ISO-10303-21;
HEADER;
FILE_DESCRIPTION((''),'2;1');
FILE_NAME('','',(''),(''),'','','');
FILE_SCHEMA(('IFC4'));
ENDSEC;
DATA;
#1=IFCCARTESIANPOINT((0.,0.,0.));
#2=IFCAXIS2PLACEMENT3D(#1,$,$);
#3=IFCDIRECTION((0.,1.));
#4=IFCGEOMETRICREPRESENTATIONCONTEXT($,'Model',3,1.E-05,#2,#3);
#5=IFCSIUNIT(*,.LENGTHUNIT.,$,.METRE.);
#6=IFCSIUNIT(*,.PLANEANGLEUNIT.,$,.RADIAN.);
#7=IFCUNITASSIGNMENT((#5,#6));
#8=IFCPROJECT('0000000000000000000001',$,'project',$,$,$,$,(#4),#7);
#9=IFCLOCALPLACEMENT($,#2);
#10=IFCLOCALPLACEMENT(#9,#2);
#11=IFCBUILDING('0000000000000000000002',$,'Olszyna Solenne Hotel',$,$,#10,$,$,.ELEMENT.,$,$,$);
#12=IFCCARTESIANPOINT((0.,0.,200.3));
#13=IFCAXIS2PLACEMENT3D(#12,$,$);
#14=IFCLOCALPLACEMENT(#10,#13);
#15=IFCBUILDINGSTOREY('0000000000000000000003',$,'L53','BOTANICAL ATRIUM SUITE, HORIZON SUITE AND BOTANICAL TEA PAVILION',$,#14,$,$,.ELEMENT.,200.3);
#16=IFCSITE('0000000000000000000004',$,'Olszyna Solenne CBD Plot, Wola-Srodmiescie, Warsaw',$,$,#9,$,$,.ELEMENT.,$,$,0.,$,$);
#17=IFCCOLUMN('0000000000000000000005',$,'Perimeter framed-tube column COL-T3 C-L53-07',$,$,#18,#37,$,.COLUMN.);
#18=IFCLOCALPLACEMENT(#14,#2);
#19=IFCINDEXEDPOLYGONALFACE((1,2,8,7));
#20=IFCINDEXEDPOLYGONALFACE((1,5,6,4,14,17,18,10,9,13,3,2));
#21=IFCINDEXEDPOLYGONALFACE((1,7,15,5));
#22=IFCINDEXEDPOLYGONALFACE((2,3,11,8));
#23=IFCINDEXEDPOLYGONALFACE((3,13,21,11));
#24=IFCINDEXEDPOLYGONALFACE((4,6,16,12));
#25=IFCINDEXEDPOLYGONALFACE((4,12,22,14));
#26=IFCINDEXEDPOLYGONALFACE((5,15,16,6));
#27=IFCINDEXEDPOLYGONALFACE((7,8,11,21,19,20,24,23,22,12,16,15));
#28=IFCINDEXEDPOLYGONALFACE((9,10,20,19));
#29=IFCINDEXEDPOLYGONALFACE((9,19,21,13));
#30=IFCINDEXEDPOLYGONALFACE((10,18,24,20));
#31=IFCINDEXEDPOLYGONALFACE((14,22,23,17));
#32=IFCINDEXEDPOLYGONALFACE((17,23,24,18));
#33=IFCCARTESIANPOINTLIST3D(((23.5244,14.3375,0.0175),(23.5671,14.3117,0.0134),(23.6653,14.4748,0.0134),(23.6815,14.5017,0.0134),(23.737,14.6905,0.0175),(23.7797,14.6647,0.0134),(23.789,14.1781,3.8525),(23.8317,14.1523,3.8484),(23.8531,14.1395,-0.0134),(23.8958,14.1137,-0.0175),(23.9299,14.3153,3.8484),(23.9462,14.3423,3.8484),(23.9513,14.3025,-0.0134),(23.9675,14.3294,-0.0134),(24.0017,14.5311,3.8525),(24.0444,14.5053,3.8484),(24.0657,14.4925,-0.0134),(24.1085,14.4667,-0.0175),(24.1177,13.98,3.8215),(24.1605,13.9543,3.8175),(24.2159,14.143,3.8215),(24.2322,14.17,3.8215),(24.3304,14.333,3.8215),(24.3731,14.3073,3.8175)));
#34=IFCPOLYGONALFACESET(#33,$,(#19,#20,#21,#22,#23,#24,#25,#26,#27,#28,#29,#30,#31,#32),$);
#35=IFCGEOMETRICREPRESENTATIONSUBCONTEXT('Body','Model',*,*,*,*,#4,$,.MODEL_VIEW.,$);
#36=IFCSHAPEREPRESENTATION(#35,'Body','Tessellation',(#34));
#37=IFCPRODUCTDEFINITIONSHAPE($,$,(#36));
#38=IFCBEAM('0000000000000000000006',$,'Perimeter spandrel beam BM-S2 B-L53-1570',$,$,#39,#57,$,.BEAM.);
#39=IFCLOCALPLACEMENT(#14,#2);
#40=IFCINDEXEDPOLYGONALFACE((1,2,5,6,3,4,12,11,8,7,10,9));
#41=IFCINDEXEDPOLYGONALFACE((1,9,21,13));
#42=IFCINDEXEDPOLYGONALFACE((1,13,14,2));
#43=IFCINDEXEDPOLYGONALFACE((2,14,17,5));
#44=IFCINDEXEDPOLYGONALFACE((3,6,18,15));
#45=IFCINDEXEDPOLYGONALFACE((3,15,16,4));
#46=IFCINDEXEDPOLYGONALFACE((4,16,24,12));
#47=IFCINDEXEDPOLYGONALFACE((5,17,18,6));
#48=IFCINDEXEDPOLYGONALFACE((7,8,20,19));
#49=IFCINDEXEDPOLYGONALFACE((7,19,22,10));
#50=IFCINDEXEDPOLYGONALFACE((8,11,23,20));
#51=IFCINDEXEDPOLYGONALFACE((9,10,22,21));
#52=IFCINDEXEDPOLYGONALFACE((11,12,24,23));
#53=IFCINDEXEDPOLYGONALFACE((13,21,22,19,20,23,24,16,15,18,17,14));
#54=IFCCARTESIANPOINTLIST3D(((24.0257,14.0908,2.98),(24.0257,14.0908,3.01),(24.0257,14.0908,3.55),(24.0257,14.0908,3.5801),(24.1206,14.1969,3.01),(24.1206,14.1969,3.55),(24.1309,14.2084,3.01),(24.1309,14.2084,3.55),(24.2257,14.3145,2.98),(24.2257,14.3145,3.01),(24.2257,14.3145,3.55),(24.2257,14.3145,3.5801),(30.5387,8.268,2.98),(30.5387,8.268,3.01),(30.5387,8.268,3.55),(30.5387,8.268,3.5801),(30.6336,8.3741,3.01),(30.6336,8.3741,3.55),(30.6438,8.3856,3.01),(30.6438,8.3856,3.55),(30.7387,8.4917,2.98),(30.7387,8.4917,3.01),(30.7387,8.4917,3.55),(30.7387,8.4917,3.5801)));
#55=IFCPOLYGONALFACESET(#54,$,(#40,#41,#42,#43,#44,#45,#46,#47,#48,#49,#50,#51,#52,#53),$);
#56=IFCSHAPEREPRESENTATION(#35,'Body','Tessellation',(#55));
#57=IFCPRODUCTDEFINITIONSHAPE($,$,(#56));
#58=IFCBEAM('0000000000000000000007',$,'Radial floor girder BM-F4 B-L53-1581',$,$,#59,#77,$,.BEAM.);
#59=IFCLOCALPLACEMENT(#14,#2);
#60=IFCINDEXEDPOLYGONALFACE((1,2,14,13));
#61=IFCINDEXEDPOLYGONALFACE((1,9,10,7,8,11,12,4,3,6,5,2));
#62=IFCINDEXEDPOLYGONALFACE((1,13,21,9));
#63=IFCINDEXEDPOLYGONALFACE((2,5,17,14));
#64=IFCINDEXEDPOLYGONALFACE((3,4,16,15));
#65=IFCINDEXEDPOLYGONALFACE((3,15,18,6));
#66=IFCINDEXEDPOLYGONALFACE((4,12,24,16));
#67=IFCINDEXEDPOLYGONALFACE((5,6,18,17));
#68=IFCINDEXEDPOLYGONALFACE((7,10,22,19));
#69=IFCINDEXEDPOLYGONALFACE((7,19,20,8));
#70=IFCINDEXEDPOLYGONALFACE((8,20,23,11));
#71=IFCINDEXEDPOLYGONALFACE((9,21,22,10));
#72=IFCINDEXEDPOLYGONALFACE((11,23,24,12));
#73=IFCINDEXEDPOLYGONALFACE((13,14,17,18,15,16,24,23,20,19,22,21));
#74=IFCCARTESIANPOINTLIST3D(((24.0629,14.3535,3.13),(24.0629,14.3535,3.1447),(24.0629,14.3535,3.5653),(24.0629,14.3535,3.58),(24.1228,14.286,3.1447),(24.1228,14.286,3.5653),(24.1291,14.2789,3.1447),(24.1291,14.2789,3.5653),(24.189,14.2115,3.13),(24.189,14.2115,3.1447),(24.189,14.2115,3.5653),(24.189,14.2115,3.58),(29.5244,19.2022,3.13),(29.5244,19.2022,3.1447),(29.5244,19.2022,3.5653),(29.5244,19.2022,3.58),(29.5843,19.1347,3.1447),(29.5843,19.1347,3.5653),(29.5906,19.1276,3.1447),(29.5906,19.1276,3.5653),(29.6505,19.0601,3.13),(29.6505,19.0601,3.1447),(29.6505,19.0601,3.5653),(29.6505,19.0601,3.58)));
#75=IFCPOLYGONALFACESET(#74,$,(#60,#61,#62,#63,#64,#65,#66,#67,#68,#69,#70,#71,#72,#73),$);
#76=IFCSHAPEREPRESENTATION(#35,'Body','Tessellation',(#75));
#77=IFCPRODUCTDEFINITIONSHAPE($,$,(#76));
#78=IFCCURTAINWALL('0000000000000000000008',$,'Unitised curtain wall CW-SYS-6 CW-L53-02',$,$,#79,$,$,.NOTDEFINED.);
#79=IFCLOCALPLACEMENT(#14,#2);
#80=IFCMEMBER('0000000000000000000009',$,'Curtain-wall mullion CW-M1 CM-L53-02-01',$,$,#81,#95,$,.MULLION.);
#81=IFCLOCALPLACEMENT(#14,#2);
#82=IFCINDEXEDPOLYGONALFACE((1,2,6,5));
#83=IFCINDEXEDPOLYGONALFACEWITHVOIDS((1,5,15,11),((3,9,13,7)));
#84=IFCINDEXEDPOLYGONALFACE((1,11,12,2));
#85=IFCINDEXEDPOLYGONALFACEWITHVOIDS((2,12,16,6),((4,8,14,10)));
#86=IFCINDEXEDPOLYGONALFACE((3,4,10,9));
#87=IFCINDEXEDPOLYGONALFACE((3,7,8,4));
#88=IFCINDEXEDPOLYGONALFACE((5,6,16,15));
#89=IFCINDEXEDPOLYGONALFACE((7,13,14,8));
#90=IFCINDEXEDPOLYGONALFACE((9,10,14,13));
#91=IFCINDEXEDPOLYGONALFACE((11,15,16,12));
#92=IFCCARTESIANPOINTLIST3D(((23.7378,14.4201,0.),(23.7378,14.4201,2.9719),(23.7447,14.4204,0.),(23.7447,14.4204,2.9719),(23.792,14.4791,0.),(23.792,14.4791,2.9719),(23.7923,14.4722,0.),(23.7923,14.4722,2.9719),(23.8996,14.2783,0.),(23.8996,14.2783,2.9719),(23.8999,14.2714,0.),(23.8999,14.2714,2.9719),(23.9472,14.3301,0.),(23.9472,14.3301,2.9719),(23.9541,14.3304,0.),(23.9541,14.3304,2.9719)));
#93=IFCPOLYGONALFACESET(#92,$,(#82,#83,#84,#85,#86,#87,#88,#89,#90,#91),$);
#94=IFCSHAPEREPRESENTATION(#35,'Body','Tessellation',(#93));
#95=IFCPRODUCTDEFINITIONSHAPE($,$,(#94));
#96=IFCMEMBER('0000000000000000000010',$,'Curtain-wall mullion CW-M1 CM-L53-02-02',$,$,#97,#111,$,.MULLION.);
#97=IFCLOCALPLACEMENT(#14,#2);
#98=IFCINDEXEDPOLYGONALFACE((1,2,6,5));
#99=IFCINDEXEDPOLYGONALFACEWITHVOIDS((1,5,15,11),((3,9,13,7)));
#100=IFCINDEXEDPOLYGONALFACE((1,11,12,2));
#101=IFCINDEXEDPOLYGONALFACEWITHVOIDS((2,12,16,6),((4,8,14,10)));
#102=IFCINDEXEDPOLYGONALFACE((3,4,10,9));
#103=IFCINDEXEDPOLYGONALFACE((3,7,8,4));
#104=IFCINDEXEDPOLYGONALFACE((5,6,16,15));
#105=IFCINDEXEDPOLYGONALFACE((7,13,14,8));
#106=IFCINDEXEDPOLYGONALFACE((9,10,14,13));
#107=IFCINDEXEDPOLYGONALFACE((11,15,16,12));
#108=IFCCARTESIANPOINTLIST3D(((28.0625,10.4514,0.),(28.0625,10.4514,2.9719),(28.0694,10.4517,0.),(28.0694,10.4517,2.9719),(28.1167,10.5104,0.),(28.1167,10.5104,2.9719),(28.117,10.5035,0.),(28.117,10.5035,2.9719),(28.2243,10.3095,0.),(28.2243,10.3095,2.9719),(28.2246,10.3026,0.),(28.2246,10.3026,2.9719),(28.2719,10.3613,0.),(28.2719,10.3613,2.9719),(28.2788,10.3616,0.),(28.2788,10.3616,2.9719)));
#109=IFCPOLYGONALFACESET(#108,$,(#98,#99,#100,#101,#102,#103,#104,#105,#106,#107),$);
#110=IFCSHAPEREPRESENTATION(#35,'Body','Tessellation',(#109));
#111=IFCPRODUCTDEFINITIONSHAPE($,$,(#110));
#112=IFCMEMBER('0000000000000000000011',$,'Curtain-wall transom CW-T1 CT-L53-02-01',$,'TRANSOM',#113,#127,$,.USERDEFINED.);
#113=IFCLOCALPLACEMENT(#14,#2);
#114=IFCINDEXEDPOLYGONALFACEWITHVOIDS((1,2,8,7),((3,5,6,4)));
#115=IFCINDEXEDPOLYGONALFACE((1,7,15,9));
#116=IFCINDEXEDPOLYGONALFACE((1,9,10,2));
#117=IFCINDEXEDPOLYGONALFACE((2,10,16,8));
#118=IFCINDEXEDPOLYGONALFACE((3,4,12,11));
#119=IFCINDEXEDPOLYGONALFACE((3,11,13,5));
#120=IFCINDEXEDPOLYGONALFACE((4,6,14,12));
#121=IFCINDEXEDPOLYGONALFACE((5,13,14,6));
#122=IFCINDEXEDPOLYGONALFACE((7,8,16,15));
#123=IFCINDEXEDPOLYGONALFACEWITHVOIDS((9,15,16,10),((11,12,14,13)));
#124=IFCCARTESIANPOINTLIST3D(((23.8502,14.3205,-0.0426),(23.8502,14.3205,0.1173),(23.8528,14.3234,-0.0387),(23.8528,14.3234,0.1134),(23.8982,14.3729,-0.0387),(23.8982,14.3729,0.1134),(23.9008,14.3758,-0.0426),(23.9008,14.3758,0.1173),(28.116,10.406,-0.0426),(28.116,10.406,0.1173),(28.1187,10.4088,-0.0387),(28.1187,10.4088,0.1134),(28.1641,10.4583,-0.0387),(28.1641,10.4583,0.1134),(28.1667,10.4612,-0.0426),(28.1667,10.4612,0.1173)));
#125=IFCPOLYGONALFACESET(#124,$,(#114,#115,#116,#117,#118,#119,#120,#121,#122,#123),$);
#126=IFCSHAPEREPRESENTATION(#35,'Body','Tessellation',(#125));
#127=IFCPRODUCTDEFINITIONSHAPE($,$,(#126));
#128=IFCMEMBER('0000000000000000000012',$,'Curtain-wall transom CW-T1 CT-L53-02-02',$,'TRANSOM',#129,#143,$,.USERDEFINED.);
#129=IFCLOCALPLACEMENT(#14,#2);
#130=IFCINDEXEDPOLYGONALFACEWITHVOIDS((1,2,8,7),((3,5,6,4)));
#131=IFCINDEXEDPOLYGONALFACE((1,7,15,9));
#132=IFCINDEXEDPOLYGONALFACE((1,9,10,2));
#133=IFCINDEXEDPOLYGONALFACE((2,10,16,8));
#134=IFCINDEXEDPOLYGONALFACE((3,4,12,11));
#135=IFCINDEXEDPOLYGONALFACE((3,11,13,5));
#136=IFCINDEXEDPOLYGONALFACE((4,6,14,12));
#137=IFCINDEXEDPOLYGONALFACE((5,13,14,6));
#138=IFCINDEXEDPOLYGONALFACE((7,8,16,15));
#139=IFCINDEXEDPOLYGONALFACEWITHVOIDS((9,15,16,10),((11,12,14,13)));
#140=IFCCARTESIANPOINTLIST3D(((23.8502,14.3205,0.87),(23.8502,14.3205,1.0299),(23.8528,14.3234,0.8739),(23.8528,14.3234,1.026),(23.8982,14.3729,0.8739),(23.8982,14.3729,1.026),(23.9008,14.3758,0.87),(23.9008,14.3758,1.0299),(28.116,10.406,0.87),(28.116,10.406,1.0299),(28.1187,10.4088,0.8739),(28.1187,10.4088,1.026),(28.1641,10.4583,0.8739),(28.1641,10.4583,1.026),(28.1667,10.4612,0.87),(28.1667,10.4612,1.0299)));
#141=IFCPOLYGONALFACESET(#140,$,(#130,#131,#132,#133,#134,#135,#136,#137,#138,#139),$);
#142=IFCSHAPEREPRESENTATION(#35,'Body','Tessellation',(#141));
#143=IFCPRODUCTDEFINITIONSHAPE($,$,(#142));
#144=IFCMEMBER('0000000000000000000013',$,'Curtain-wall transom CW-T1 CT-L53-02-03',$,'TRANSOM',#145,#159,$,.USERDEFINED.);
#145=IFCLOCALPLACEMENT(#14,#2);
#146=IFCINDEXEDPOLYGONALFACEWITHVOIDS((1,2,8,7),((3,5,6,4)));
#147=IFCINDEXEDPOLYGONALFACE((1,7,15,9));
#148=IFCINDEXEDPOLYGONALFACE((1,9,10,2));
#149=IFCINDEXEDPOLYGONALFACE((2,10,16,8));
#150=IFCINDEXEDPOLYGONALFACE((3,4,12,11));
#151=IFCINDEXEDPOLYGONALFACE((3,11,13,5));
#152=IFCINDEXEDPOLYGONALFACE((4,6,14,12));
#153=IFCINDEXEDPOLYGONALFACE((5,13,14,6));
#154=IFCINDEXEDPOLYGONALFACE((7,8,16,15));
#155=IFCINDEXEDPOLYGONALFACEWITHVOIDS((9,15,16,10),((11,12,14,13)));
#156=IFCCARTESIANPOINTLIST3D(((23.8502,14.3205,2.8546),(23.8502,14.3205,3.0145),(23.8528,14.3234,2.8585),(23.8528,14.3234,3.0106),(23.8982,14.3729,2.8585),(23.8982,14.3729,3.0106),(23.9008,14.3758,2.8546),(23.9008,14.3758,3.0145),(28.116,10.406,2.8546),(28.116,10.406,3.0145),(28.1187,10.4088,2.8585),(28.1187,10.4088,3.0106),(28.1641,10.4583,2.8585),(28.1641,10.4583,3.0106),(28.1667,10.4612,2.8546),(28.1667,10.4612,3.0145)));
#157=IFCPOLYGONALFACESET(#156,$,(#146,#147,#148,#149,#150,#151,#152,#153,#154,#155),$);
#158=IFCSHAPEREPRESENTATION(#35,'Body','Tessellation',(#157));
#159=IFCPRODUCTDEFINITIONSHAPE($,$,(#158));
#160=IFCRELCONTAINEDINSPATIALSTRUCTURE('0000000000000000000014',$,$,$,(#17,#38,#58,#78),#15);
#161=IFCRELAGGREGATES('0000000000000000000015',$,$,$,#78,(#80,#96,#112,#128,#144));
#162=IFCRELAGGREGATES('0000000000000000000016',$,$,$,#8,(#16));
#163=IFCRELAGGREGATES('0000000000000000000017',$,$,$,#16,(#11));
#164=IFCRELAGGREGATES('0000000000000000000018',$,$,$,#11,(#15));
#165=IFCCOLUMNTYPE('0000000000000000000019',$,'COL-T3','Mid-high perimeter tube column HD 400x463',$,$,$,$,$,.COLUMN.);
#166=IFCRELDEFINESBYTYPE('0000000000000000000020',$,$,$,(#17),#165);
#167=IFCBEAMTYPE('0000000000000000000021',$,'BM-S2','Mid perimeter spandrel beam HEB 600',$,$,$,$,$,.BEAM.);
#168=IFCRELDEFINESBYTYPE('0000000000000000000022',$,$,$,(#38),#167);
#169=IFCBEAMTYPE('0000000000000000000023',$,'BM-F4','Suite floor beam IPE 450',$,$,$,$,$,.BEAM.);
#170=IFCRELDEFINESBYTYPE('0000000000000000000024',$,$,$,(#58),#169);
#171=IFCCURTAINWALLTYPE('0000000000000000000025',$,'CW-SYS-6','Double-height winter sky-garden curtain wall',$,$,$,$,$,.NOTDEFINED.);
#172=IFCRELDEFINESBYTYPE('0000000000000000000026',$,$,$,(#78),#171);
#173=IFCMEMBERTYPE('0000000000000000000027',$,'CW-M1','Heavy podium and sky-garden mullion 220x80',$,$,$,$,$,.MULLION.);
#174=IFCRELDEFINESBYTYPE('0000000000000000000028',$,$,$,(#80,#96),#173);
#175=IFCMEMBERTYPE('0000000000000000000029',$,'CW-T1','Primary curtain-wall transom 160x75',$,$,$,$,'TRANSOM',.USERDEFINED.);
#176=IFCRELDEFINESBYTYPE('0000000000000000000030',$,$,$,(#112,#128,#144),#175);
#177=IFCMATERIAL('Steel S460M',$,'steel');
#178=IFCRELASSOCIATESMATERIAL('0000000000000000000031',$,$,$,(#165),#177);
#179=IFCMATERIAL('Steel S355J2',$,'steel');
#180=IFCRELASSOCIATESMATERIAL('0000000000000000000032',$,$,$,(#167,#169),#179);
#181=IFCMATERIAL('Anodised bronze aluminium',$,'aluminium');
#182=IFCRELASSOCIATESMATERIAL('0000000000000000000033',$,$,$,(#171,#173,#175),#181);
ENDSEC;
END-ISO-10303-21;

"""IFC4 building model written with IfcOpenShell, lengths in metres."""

from ifc_helpers import new_model, si_unit, direction, frame, origin, origin_2d, place, context, subcontext, project, spatial, hollow_rectangle, i_section, extrude, source, transform, mapped, material, material_profile, profile_set, type_object, element, aggregate, save


model = new_model("IFC4")

# Units and contexts
model_context = context("Model", 3, precision=1e-05, world=origin(), true_north=direction((0.0, 1.0)))
body_context = subcontext(model_context, "Body", "Model", "MODEL_VIEW")
ifc_project = project(units=[si_unit("LENGTHUNIT", "METRE"), si_unit("PLANEANGLEUNIT", "RADIAN")], contexts=[model_context])

# Site, building, storey
site_placement = place(None, origin())
site = spatial("IfcSite", under=ifc_project, at=site_placement, Name="Olszyna Solenne CBD Plot, Wola-Srodmiescie, Warsaw", CompositionType="ELEMENT", RefElevation=0.0)
building_placement = place(site_placement, origin())
building = spatial("IfcBuilding", under=site, at=building_placement, Name="Olszyna Solenne Hotel", CompositionType="ELEMENT")
storey_placement = place(building_placement, frame((0.0, 0.0, 200.3)))
storey = spatial("IfcBuildingStorey", under=building, at=storey_placement, Name="L53", Description="BOTANICAL ATRIUM SUITE, HORIZON SUITE AND BOTANICAL TEA PAVILION", CompositionType="ELEMENT", Elevation=200.3)

# Column
ifc_material_1 = material(Name="Steel S460M", Category="steel")
ifc_material_profile_1 = material_profile(ifc_material_1, i_section(OverallWidth=0.4121, OverallDepth=0.4351, WebThickness=0.0315, FlangeThickness=0.05, at=origin_2d()), Name="HD 400x463", Category="load-bearing")
ifc_profile_set_1 = profile_set([ifc_material_profile_1], Name="Steel S460M")
column_type = type_object("IfcColumnType", Name="COL-T3", Description="Mid-high perimeter tube column HD 400x463", PredefinedType="COLUMN", material=ifc_profile_set_1)
shared_shape_1 = source(origin(), body_context, "Body", "SweptSolid", [
    extrude(i_section(OverallWidth=0.4121, OverallDepth=0.4351, WebThickness=0.0315, FlangeThickness=0.05, at=origin_2d()), origin(), (0.0, 0.0, 1.0), 3.8474),
])
column_placement = place(storey_placement, frame((23.8164, 14.4021, 0.0), z_axis=(0.068787, -0.041437, 0.99677), x_axis=(0.516006, 0.856585, 0.0)))
element("IfcColumn", 1, at=column_placement, inside=storey, type_object=column_type, Name="Perimeter framed-tube column COL-T3 C-L53-07", PredefinedType="COLUMN", context=body_context, shape_type="MappedRepresentation", body=[
    mapped(shared_shape_1, transform((0.0, 0.0, 0.0), x_axis=(1.0, 0.0, 0.0), y_axis=(0.0, 1.0, 0.0), z_axis=(0.0, 0.0, 1.0), scale=1.0)),
])

# Beams
ifc_material_2 = material(Name="Steel S355J2", Category="steel")
ifc_material_profile_2 = material_profile(ifc_material_2, i_section(OverallWidth=0.3, OverallDepth=0.6001, WebThickness=0.0154, FlangeThickness=0.03, at=origin_2d()), Name="HEB 600", Category="load-bearing")
ifc_profile_set_2 = profile_set([ifc_material_profile_2], Name="Steel S355J2")
beam_type_1 = type_object("IfcBeamType", Name="BM-S2", Description="Mid perimeter spandrel beam HEB 600", PredefinedType="BEAM", material=ifc_profile_set_2)
shared_shape_2 = source(origin(), body_context, "Body", "SweptSolid", [
    extrude(i_section(OverallWidth=0.3, OverallDepth=0.6001, WebThickness=0.0154, FlangeThickness=0.03, at=origin_2d()), origin(), (0.0, 0.0, 1.0), 8.7363),
])
beam_1_placement = place(storey_placement, frame((24.1257, 14.2026, 3.28), z_axis=(0.745504, -0.666502, 0.0), x_axis=(0.666502, 0.745504, 0.0)))
element("IfcBeam", 2, at=beam_1_placement, inside=storey, type_object=beam_type_1, Name="Perimeter spandrel beam BM-S2 B-L53-1570", PredefinedType="BEAM", context=body_context, shape_type="MappedRepresentation", body=[
    mapped(shared_shape_2, transform((0.0, 0.0, 0.0), x_axis=(1.0, 0.0, 0.0), y_axis=(0.0, 1.0, 0.0), z_axis=(0.0, 0.0, 1.0), scale=1.0)),
])
ifc_material_profile_3 = material_profile(ifc_material_2, i_section(OverallWidth=0.1899, OverallDepth=0.45, WebThickness=0.0095, FlangeThickness=0.0146, at=origin_2d()), Name="IPE 450", Category="load-bearing")
ifc_profile_set_3 = profile_set([ifc_material_profile_3], Name="Steel S355J2")
beam_type_2 = type_object("IfcBeamType", Name="BM-F4", Description="Suite floor beam IPE 450", PredefinedType="BEAM", material=ifc_profile_set_3)
shared_shape_3 = source(origin(), body_context, "Body", "SweptSolid", [
    extrude(i_section(OverallWidth=0.1899, OverallDepth=0.45, WebThickness=0.0095, FlangeThickness=0.0146, at=origin_2d()), origin(), (0.0, 0.0, 1.0), 7.3032),
])
beam_2_placement = place(storey_placement, frame((24.126, 14.2825, 3.355), z_axis=(0.747815, 0.663907, 0.0), x_axis=(-0.663907, 0.747815, 0.0)))
element("IfcBeam", 3, at=beam_2_placement, inside=storey, type_object=beam_type_2, Name="Radial floor girder BM-F4 B-L53-1581", PredefinedType="BEAM", context=body_context, shape_type="MappedRepresentation", body=[
    mapped(shared_shape_3, transform((0.0, 0.0, 0.0), x_axis=(1.0, 0.0, 0.0), y_axis=(0.0, 1.0, 0.0), z_axis=(0.0, 0.0, 1.0), scale=1.0)),
])

# Curtain wall, members
ifc_material_3 = material(Name="Anodised bronze aluminium", Category="aluminium")
curtain_wall_type = type_object("IfcCurtainWallType", Name="CW-SYS-6", Description="Double-height winter sky-garden curtain wall", PredefinedType="NOTDEFINED", material=ifc_material_3)
curtain_wall_placement = place(storey_placement, origin())
curtain_wall = element("IfcCurtainWall", 4, at=curtain_wall_placement, inside=storey, type_object=curtain_wall_type, Name="Unitised curtain wall CW-SYS-6 CW-L53-02", PredefinedType="NOTDEFINED")
ifc_material_profile_4 = material_profile(ifc_material_3, hollow_rectangle(XDim=0.0801, YDim=0.22, WallThickness=0.0049, at=origin_2d()), Name="MULL 220x80x5", Category="load-bearing")
ifc_profile_set_4 = profile_set([ifc_material_profile_4], Name="Anodised bronze aluminium")
member_type_1 = type_object("IfcMemberType", Name="CW-M1", Description="Heavy podium and sky-garden mullion 220x80", PredefinedType="MULLION", material=ifc_profile_set_4)
shared_shape_4 = source(origin(), body_context, "Body", "SweptSolid", [
    extrude(hollow_rectangle(XDim=0.0801, YDim=0.22, WallThickness=0.0049, at=origin_2d()), origin(), (0.0, 0.0, 1.0), 2.9719),
])
member_1_placement = place(storey_placement, frame((23.8459, 14.3752, 0.0), z_axis=(0.0, 0.0, 1.0), x_axis=(0.676128, 0.736784, 0.0)))
member_1 = element("IfcMember", 5, at=member_1_placement, type_object=member_type_1, Name="Curtain-wall mullion CW-M1 CM-L53-02-01", PredefinedType="MULLION", context=body_context, shape_type="MappedRepresentation", body=[
    mapped(shared_shape_4, transform((0.0, 0.0, 0.0), x_axis=(1.0, 0.0, 0.0), y_axis=(0.0, 1.0, 0.0), z_axis=(0.0, 0.0, 1.0), scale=1.0)),
])
member_2_placement = place(storey_placement, frame((28.1707, 10.4065, 0.0), z_axis=(0.0, 0.0, 1.0), x_axis=(0.676128, 0.736784, 0.0)))
member_2 = element("IfcMember", 6, at=member_2_placement, type_object=member_type_1, Name="Curtain-wall mullion CW-M1 CM-L53-02-02", PredefinedType="MULLION", context=body_context, shape_type="MappedRepresentation", body=[
    mapped(shared_shape_4, transform((0.0, 0.0, 0.0), x_axis=(1.0, 0.0, 0.0), y_axis=(0.0, 1.0, 0.0), z_axis=(0.0, 0.0, 1.0), scale=1.0)),
])
ifc_material_profile_5 = material_profile(ifc_material_3, hollow_rectangle(XDim=0.075, YDim=0.1599, WallThickness=0.0039, at=origin_2d()), Name="TRAN 160x75x4", Category="load-bearing")
ifc_profile_set_5 = profile_set([ifc_material_profile_5], Name="Anodised bronze aluminium")
member_type_2 = type_object("IfcMemberType", Name="CW-T1", Description="Primary curtain-wall transom 160x75", ElementType="TRANSOM", PredefinedType="USERDEFINED", material=ifc_profile_set_5)
shared_shape_5 = source(origin(), body_context, "Body", "SweptSolid", [
    extrude(hollow_rectangle(XDim=0.075, YDim=0.1599, WallThickness=0.0039, at=origin_2d()), origin(), (0.0, 0.0, 1.0), 5.7898),
])
member_3_placement = place(storey_placement, frame((23.8755, 14.3481, 0.0374), z_axis=(0.736795, -0.676116, 0.0), x_axis=(0.676116, 0.736795, 0.0)))
member_3 = element("IfcMember", 7, at=member_3_placement, type_object=member_type_2, Name="Curtain-wall transom CW-T1 CT-L53-02-01", ObjectType="TRANSOM", PredefinedType="USERDEFINED", context=body_context, shape_type="MappedRepresentation", body=[
    mapped(shared_shape_5, transform((0.0, 0.0, 0.0), x_axis=(1.0, 0.0, 0.0), y_axis=(0.0, 1.0, 0.0), z_axis=(0.0, 0.0, 1.0), scale=1.0)),
])
member_4_placement = place(storey_placement, frame((23.8755, 14.3481, 0.95), z_axis=(0.736795, -0.676116, 0.0), x_axis=(0.676116, 0.736795, 0.0)))
member_4 = element("IfcMember", 8, at=member_4_placement, type_object=member_type_2, Name="Curtain-wall transom CW-T1 CT-L53-02-02", ObjectType="TRANSOM", PredefinedType="USERDEFINED", context=body_context, shape_type="MappedRepresentation", body=[
    mapped(shared_shape_5, transform((0.0, 0.0, 0.0), x_axis=(1.0, 0.0, 0.0), y_axis=(0.0, 1.0, 0.0), z_axis=(0.0, 0.0, 1.0), scale=1.0)),
])
member_5_placement = place(storey_placement, frame((23.8755, 14.3481, 2.9346), z_axis=(0.736795, -0.676116, 0.0), x_axis=(0.676116, 0.736795, 0.0)))
member_5 = element("IfcMember", 9, at=member_5_placement, type_object=member_type_2, Name="Curtain-wall transom CW-T1 CT-L53-02-03", ObjectType="TRANSOM", PredefinedType="USERDEFINED", context=body_context, shape_type="MappedRepresentation", body=[
    mapped(shared_shape_5, transform((0.0, 0.0, 0.0), x_axis=(1.0, 0.0, 0.0), y_axis=(0.0, 1.0, 0.0), z_axis=(0.0, 0.0, 1.0), scale=1.0)),
])

aggregate(curtain_wall, [member_1, member_2, member_3, member_4, member_5])

save(model, "model.ifc")
